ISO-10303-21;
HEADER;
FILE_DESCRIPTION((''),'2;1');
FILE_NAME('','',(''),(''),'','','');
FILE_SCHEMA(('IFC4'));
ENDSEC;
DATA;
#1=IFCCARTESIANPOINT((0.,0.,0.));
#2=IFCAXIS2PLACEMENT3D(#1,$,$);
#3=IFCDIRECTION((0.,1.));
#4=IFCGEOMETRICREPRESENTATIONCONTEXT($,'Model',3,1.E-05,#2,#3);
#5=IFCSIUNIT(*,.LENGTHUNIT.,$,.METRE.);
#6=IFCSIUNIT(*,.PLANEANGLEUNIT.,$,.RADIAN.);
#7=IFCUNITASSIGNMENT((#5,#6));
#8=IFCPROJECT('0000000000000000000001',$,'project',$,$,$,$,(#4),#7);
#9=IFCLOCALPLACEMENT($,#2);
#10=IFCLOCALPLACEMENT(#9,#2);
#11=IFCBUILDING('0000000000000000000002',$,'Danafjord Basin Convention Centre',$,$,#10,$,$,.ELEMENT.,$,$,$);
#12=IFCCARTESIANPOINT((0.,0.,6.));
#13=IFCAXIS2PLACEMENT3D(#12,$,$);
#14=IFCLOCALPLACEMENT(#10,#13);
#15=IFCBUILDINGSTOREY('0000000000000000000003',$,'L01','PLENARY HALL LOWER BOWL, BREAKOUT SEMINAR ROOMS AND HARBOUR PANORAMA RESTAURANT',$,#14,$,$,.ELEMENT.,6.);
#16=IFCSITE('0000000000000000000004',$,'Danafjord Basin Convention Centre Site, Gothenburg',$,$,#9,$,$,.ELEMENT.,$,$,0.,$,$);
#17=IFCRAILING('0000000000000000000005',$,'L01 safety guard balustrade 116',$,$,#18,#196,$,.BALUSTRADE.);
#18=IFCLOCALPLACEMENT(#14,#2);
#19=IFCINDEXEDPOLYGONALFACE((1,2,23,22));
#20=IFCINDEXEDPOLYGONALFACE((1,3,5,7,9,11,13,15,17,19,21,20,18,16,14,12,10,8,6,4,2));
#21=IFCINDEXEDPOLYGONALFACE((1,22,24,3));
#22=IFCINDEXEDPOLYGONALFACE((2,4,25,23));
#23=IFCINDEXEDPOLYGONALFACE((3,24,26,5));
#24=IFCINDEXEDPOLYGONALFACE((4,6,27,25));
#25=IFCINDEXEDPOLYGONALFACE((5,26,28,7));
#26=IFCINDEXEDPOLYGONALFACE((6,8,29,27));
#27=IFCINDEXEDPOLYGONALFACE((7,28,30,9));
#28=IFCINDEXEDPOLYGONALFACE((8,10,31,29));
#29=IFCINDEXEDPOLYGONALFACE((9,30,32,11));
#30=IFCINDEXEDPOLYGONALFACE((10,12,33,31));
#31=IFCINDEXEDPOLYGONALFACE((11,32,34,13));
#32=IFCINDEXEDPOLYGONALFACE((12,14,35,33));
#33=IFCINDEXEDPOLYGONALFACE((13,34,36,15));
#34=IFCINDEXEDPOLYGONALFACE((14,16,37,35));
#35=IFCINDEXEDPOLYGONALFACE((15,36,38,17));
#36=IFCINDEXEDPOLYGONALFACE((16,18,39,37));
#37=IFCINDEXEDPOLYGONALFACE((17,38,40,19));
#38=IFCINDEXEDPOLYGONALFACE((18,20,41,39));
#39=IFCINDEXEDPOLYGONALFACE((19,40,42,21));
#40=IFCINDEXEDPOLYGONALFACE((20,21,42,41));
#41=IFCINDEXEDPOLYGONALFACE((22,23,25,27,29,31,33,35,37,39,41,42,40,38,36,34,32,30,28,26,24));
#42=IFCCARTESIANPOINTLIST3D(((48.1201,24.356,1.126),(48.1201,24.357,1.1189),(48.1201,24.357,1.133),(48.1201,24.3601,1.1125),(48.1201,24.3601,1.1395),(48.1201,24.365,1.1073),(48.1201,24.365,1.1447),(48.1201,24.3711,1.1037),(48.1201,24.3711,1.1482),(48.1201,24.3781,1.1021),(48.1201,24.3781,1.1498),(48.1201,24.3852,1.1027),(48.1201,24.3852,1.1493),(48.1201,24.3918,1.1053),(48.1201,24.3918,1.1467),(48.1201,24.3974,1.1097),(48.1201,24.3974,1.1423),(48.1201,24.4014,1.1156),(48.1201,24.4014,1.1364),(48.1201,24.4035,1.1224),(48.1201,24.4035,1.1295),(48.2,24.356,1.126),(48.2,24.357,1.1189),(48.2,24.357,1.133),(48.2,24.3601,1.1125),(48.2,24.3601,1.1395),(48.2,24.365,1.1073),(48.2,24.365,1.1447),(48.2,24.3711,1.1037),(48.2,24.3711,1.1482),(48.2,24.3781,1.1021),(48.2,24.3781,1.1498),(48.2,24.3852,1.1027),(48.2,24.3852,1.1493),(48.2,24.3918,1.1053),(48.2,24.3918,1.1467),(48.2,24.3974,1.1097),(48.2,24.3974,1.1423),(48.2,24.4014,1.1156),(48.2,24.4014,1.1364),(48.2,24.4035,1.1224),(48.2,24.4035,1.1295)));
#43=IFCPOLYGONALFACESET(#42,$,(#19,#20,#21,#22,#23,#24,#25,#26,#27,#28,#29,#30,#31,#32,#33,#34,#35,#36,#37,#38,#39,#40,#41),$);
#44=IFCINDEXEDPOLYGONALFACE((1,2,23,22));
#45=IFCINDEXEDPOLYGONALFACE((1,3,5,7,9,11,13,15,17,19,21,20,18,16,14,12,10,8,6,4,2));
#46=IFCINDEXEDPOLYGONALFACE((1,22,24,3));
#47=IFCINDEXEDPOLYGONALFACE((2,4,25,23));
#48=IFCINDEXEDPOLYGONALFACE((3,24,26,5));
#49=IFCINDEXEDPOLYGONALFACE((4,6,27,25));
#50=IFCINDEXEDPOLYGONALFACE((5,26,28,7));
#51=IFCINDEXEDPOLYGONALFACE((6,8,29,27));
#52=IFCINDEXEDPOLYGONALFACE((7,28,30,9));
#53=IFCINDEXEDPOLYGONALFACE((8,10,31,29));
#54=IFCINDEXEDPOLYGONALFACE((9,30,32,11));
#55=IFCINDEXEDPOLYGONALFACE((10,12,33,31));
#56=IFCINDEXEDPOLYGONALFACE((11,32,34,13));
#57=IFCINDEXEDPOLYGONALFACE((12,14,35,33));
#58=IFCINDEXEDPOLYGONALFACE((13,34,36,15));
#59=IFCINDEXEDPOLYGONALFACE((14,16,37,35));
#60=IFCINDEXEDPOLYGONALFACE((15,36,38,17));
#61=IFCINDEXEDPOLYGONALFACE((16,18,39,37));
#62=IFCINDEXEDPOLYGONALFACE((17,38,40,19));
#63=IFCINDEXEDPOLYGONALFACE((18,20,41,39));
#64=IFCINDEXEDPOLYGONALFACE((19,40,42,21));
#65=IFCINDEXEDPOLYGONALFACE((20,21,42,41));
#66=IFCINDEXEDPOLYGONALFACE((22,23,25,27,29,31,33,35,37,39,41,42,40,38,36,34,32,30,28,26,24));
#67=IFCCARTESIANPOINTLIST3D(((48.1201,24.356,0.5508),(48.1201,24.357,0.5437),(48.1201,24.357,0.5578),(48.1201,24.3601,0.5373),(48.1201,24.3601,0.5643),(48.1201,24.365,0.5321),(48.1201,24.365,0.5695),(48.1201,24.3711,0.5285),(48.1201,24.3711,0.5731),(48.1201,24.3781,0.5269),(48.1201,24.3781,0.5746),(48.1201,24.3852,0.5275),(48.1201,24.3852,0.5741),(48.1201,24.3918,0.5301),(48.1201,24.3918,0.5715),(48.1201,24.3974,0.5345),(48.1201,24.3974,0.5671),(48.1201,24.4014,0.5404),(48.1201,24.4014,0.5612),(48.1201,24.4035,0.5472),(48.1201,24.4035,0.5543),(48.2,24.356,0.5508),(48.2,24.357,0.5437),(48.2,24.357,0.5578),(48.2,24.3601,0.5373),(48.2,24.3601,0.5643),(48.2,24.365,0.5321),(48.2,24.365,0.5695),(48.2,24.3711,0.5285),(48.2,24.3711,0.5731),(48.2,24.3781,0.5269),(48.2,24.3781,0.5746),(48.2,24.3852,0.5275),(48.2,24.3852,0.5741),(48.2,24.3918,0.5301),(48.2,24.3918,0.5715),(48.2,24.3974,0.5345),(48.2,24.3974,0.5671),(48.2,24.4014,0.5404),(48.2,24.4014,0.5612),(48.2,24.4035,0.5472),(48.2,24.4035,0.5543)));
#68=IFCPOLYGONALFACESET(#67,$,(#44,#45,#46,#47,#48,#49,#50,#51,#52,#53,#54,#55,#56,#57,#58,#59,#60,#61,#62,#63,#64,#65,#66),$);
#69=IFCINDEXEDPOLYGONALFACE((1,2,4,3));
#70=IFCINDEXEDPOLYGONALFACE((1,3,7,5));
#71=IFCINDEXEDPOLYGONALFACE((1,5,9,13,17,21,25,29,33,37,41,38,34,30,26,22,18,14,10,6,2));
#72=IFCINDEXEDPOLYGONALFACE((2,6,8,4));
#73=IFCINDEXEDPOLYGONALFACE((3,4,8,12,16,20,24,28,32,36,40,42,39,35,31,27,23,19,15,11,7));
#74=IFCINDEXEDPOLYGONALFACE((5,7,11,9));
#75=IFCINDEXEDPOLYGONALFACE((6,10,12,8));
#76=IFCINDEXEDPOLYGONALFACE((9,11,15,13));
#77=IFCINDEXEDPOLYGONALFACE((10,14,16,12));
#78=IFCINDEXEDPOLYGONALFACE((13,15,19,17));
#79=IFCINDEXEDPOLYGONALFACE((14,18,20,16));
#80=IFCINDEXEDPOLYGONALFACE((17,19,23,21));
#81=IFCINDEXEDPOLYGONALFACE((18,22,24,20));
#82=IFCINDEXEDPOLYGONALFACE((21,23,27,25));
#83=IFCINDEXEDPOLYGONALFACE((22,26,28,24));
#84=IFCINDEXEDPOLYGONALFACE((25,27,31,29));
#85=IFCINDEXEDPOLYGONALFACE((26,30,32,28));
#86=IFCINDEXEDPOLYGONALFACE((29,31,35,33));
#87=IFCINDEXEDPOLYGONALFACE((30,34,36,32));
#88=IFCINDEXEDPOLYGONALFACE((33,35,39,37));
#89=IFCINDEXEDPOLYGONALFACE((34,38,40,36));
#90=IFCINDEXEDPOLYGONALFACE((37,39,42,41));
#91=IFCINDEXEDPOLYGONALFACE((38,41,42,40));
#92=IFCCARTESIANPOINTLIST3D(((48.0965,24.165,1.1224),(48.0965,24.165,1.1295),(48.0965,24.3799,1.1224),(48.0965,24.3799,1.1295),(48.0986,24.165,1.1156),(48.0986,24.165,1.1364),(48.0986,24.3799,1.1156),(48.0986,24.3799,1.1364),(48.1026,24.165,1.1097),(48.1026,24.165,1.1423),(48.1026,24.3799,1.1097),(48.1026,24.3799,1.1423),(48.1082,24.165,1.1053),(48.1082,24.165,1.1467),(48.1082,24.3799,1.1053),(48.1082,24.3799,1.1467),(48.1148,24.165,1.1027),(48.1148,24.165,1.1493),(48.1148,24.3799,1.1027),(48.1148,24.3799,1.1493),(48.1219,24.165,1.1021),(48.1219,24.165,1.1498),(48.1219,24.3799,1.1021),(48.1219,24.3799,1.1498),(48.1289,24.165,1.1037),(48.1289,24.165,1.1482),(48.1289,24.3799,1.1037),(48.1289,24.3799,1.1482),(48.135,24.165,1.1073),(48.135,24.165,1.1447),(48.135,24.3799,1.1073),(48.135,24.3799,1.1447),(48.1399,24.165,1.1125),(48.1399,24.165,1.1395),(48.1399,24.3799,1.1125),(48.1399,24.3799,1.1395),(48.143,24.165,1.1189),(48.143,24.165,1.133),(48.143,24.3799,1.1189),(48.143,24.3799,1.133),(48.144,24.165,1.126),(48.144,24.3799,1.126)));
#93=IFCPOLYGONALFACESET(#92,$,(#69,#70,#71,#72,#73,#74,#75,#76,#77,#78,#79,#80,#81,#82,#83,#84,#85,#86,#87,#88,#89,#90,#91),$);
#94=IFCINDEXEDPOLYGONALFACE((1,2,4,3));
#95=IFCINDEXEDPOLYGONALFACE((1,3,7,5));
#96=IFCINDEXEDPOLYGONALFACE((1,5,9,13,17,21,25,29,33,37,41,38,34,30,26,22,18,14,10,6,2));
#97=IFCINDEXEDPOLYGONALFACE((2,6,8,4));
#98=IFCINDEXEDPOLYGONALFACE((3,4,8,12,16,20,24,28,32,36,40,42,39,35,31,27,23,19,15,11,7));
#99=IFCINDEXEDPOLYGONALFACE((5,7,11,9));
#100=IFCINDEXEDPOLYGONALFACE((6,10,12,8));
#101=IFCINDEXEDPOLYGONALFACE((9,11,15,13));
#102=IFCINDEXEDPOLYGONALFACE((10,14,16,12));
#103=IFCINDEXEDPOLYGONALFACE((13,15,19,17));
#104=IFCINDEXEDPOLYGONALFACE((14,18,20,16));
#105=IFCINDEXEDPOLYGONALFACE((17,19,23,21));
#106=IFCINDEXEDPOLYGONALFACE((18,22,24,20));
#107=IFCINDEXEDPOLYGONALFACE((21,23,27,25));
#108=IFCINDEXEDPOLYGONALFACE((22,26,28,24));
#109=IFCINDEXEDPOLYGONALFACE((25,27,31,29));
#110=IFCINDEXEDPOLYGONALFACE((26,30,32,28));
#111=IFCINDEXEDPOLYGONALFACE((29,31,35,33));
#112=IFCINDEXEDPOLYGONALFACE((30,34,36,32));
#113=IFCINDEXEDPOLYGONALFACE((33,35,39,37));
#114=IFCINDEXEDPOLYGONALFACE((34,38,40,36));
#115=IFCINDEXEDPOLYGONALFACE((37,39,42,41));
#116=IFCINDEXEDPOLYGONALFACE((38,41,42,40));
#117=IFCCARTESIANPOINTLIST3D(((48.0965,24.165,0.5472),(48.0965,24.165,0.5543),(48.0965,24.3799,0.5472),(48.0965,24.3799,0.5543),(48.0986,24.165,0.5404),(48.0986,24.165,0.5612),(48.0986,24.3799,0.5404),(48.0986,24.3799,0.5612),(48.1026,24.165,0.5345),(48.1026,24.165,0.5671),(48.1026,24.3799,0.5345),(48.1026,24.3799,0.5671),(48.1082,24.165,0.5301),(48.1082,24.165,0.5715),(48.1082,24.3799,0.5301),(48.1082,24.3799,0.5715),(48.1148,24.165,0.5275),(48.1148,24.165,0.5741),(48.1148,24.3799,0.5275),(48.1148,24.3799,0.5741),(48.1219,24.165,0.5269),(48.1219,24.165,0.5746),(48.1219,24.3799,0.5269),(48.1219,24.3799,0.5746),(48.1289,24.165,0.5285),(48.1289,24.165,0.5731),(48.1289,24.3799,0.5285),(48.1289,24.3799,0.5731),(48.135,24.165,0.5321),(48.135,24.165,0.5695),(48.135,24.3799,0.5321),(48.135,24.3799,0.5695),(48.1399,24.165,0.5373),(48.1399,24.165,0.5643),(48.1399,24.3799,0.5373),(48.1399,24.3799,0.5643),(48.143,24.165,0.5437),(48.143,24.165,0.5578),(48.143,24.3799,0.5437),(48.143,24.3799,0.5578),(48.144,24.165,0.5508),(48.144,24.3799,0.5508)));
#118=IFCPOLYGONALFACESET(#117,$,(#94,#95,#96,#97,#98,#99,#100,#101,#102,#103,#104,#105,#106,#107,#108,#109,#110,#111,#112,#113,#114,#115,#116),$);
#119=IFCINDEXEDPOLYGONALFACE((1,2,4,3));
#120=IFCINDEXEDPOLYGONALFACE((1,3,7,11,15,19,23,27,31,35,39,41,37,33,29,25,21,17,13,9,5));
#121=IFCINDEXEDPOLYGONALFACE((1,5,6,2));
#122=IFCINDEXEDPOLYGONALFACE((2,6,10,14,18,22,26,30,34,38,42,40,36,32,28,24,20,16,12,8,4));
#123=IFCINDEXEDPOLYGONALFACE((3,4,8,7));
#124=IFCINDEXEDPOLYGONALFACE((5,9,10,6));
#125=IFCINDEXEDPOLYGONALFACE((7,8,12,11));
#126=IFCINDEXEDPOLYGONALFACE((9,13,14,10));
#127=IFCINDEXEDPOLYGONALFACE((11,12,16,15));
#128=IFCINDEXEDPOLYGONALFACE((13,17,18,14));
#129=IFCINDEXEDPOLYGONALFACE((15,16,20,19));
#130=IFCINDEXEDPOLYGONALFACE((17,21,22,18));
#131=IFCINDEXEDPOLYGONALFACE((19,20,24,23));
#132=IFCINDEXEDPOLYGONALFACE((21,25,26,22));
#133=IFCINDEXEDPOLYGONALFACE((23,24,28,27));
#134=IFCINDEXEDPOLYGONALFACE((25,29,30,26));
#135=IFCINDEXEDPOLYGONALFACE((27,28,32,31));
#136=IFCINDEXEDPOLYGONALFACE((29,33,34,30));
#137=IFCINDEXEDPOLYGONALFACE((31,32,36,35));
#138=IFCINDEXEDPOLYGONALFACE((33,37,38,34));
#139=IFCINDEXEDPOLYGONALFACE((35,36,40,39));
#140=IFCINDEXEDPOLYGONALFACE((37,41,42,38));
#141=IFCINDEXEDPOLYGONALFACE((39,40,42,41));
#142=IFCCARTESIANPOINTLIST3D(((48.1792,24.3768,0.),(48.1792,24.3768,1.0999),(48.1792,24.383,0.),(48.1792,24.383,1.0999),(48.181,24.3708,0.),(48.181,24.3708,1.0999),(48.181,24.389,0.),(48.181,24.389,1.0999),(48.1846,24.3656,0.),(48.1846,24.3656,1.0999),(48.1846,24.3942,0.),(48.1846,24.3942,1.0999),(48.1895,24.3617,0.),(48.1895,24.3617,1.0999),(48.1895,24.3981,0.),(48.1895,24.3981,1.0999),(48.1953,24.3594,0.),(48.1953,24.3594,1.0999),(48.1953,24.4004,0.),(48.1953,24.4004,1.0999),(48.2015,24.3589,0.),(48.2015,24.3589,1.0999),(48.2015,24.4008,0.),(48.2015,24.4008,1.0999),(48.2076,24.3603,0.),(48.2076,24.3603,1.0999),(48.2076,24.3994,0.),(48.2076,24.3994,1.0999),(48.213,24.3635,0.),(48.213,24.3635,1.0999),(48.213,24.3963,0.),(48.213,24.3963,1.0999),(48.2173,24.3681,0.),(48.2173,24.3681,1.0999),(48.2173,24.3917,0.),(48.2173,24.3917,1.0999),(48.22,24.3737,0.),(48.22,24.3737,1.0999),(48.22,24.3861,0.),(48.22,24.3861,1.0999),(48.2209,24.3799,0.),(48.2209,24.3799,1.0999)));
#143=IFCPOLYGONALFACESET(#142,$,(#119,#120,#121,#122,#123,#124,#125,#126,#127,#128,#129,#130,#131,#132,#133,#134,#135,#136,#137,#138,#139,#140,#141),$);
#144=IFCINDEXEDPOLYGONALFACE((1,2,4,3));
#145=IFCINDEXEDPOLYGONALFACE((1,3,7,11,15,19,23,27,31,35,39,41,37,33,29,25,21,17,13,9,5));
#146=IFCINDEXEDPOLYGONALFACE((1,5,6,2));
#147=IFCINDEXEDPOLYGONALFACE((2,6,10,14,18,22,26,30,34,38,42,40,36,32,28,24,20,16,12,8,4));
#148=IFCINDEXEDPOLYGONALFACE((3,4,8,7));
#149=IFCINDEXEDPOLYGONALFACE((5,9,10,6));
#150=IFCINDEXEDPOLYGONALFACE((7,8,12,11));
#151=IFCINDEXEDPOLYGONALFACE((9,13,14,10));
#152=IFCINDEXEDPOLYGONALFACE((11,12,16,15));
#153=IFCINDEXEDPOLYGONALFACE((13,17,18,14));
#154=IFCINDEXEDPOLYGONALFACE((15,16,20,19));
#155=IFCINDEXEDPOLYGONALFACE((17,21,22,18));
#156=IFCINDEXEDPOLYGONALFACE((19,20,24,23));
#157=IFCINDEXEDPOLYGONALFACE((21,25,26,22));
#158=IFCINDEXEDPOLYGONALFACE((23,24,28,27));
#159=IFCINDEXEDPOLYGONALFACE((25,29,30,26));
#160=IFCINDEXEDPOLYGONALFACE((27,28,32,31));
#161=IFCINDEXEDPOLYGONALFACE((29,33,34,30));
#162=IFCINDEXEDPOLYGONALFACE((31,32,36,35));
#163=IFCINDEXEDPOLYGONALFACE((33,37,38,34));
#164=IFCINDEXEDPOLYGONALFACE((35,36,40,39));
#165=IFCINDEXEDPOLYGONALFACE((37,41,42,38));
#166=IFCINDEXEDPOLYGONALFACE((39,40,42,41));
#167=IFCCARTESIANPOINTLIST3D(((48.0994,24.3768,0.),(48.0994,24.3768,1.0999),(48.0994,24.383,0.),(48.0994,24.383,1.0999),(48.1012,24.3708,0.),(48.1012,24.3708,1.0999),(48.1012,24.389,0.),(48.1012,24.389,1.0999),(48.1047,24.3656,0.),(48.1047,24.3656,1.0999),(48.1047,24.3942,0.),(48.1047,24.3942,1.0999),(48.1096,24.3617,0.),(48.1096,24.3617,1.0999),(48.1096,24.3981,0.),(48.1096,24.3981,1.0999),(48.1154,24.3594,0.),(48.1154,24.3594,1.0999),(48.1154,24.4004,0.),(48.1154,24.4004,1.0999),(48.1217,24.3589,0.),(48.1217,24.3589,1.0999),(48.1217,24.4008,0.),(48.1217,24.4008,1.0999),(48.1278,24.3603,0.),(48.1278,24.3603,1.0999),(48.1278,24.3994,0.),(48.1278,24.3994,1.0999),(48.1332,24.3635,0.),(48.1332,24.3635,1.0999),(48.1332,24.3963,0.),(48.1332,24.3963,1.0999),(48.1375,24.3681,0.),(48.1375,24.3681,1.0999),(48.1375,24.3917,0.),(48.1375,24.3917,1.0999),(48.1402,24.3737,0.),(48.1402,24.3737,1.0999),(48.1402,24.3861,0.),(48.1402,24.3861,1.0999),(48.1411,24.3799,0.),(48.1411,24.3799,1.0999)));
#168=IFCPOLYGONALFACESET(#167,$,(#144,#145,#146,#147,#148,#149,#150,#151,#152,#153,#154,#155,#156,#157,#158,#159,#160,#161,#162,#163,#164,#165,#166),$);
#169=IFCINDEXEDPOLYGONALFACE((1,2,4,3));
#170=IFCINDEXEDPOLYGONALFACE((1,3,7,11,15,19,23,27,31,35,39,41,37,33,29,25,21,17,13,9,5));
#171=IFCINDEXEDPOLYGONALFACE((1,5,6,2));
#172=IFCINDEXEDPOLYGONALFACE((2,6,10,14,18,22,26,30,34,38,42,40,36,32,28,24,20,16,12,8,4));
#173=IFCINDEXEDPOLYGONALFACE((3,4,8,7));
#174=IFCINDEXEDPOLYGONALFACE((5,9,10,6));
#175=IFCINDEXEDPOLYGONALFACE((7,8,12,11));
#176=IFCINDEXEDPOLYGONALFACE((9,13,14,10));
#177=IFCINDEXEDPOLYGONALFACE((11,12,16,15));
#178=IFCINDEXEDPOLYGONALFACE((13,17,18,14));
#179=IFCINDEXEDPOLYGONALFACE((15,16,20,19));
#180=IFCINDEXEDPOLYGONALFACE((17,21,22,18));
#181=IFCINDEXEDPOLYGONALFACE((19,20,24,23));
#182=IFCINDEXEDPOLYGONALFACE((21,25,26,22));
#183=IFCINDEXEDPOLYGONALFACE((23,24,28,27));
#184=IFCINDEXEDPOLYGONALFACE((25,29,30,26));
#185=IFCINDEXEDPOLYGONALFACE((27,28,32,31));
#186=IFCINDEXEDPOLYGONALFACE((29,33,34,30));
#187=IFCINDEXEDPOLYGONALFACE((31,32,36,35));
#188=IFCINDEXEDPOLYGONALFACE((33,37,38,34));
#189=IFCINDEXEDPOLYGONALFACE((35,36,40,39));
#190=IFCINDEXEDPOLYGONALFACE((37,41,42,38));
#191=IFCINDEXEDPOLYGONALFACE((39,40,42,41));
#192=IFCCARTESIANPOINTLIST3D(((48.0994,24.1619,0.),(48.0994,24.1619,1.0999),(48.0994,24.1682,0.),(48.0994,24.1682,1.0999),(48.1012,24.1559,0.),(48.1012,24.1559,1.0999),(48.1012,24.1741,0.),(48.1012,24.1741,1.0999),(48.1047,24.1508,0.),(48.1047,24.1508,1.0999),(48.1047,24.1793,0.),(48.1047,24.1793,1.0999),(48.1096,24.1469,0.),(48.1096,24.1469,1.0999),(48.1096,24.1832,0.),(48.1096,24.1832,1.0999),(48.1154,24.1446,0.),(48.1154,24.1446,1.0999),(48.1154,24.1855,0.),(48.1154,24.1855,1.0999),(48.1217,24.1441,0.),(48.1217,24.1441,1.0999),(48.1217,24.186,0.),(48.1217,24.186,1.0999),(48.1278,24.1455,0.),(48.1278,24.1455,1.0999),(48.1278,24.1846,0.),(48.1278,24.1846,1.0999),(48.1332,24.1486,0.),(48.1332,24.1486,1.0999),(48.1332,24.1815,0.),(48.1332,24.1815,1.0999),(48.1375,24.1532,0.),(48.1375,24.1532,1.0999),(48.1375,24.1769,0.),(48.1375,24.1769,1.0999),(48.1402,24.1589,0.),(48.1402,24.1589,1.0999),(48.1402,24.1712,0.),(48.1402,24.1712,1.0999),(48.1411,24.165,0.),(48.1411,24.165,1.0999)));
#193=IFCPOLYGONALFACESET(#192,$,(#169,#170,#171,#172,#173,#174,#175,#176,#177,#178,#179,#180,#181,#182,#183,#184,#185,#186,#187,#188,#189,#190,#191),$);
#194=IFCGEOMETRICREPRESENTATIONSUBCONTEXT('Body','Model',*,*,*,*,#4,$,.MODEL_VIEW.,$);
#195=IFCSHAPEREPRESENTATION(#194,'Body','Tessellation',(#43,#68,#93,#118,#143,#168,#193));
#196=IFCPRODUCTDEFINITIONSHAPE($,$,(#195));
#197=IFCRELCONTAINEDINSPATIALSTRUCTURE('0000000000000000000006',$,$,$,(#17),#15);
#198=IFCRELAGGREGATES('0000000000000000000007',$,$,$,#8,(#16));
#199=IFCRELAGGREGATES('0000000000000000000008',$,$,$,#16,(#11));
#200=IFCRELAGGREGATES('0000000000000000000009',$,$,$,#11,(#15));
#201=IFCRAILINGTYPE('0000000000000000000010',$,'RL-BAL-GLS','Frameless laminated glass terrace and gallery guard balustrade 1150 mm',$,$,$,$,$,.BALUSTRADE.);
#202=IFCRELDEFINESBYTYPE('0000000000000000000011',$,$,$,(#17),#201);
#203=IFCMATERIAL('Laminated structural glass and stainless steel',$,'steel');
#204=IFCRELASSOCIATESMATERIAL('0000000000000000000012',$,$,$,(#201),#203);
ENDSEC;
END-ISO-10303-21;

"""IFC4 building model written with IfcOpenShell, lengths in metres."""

from ifc_helpers import new_model, si_unit, direction, frame, origin, origin_2d, place, context, subcontext, project, spatial, circle, extrude, material, type_object, element, save


model = new_model("IFC4")

# Units and contexts
model_context = context("Model", 3, precision=1e-05, world=origin(), true_north=direction((0.0, 1.0)))
body_context = subcontext(model_context, "Body", "Model", "MODEL_VIEW")
ifc_project = project(units=[si_unit("LENGTHUNIT", "METRE"), si_unit("PLANEANGLEUNIT", "RADIAN")], contexts=[model_context])

# Site, building, storey
site_placement = place(None, origin())
site = spatial("IfcSite", under=ifc_project, at=site_placement, Name="Danafjord Basin Convention Centre Site, Gothenburg", CompositionType="ELEMENT", RefElevation=0.0)
building_placement = place(site_placement, origin())
building = spatial("IfcBuilding", under=site, at=building_placement, Name="Danafjord Basin Convention Centre", CompositionType="ELEMENT")
storey_placement = place(building_placement, frame((0.0, 0.0, 6.0)))
storey = spatial("IfcBuildingStorey", under=building, at=storey_placement, Name="L01", Description="PLENARY HALL LOWER BOWL, BREAKOUT SEMINAR ROOMS AND HARBOUR PANORAMA RESTAURANT", CompositionType="ELEMENT", Elevation=6.0)

# Railing
ifc_material_1 = material(Name="Laminated structural glass and stainless steel", Category="steel")
railing_type_1 = type_object("IfcRailingType", Name="RL-BAL-GLS", Description="Frameless laminated glass terrace and gallery guard balustrade 1150 mm", PredefinedType="BALUSTRADE", material=ifc_material_1)
railing_1_placement = place(storey_placement, frame((48.2, 24.3799, 0.0)))
element("IfcRailing", 1, at=railing_1_placement, inside=storey, type_object=railing_type_1, Name="L01 safety guard balustrade 116", PredefinedType="BALUSTRADE", context=body_context, shape_type="SweptSolid", body=[
    extrude(circle(Radius=0.0239, at=origin_2d()), frame((0.0, 0.0, 1.126), z_axis=(-1.0, 0.0, 0.0), x_axis=(0.0, -1.0, 0.0)), (0.0, 0.0, 1.0), 0.0798),
    extrude(circle(Radius=0.0239, at=origin_2d()), frame((0.0, 0.0, 0.5508), z_axis=(-1.0, 0.0, 0.0), x_axis=(0.0, -1.0, 0.0)), (0.0, 0.0, 1.0), 0.0798),
    extrude(circle(Radius=0.0239, at=origin_2d()), frame((-0.0798, 0.0, 1.126), z_axis=(0.0, -1.0, 0.0), x_axis=(1.0, 0.0, 0.0)), (0.0, 0.0, 1.0), 0.2148),
    extrude(circle(Radius=0.0239, at=origin_2d()), frame((-0.0798, 0.0, 0.5508), z_axis=(0.0, -1.0, 0.0), x_axis=(1.0, 0.0, 0.0)), (0.0, 0.0, 1.0), 0.2148),
    extrude(circle(Radius=0.021, at=origin_2d()), origin(), (0.0, 0.0, 1.0), 1.0999),
    extrude(circle(Radius=0.021, at=origin_2d()), frame((-0.0798, 0.0, 0.0)), (0.0, 0.0, 1.0), 1.0999),
    extrude(circle(Radius=0.021, at=origin_2d()), frame((-0.0798, -0.2148, 0.0)), (0.0, 0.0, 1.0), 1.0999),
])

save(model, "model.ifc")
